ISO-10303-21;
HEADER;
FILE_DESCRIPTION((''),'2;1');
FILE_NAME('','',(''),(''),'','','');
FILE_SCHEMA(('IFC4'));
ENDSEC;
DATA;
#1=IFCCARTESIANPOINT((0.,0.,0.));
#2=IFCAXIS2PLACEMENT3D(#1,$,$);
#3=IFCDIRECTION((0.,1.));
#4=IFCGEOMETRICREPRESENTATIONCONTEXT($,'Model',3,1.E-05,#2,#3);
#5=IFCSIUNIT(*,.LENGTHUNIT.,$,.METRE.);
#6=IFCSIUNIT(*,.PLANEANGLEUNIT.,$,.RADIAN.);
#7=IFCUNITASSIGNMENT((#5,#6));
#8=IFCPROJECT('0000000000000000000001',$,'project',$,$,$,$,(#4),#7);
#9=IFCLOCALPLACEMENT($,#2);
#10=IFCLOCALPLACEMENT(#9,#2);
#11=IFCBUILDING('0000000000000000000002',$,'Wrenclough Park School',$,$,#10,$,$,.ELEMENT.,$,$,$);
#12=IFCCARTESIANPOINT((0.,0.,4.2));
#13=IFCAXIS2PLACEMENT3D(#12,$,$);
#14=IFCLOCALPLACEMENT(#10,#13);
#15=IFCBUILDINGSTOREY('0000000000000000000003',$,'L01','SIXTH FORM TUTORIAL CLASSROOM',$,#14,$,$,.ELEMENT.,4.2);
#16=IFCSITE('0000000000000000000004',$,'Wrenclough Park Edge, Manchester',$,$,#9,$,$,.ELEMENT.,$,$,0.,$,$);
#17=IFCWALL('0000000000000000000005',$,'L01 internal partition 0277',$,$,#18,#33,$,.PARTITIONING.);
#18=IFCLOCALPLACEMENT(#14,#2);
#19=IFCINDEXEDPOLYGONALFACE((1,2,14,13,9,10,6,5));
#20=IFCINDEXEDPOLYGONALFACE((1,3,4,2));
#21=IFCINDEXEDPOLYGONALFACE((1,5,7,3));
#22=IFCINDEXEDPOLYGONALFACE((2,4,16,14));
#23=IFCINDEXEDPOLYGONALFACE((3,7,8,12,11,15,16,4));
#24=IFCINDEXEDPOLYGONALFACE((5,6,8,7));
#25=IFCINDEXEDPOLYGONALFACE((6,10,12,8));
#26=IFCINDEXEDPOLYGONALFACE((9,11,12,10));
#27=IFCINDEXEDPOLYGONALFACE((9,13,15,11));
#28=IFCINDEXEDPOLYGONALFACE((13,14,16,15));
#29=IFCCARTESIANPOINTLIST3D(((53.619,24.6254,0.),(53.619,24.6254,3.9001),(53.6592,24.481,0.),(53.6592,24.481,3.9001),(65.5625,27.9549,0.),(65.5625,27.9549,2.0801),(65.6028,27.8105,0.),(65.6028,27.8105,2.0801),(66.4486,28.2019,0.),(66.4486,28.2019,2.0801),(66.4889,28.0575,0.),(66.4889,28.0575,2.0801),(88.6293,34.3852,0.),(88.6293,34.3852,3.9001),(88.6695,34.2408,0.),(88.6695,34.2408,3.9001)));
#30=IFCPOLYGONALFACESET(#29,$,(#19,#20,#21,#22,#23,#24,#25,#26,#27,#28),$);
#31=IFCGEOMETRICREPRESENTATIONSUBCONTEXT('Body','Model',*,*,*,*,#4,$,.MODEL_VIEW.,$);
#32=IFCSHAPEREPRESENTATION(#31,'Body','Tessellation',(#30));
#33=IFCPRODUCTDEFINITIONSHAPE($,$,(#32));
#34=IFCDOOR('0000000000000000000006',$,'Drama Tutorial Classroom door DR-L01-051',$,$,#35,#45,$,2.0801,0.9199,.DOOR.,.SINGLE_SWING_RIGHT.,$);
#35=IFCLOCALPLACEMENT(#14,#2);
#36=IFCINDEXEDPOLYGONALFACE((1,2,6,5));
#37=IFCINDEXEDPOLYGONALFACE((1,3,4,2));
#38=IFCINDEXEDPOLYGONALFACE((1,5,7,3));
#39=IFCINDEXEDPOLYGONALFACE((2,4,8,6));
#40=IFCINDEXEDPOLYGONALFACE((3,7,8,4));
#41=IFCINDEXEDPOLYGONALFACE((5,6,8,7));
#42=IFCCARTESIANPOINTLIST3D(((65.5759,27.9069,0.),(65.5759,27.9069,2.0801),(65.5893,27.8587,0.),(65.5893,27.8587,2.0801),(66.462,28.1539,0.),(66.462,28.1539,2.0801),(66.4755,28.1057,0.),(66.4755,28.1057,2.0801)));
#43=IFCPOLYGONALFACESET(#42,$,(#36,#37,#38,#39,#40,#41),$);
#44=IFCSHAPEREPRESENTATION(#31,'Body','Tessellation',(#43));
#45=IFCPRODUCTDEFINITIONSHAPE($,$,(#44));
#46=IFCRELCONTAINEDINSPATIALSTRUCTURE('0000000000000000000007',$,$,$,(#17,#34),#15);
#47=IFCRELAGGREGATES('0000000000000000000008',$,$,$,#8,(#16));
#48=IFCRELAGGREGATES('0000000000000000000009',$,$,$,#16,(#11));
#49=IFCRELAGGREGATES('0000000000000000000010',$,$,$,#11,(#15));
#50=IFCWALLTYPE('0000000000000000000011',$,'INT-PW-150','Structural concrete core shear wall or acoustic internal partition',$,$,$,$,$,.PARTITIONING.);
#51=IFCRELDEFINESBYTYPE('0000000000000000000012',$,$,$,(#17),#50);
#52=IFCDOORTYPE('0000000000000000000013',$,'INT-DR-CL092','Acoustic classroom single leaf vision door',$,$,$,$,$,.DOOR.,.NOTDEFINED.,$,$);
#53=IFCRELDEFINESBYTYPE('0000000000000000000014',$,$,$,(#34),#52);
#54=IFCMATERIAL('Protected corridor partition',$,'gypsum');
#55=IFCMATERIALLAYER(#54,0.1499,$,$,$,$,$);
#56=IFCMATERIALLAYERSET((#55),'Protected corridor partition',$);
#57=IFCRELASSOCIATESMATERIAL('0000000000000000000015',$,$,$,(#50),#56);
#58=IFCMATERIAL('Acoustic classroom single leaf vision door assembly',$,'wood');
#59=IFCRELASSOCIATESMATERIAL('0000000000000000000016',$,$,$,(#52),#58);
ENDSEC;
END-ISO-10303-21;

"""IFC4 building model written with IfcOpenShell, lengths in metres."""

from ifc_helpers import new_model, si_unit, direction, frame, frame_2d, origin, place, context, subcontext, project, spatial, rectangle, extrude, material, layer, layer_set, type_object, element, fill, save


model = new_model("IFC4")

# Units and contexts
model_context = context("Model", 3, precision=1e-05, world=origin(), true_north=direction((0.0, 1.0)))
body_context = subcontext(model_context, "Body", "Model", "MODEL_VIEW")
ifc_project = project(units=[si_unit("LENGTHUNIT", "METRE"), si_unit("PLANEANGLEUNIT", "RADIAN")], contexts=[model_context])

# Site, building, storey
site_placement = place(None, origin())
site = spatial("IfcSite", under=ifc_project, at=site_placement, Name="Wrenclough Park Edge, Manchester", CompositionType="ELEMENT", RefElevation=0.0)
building_placement = place(site_placement, origin())
building = spatial("IfcBuilding", under=site, at=building_placement, Name="Wrenclough Park School", CompositionType="ELEMENT")
storey_placement = place(building_placement, frame((0.0, 0.0, 4.2)))
storey = spatial("IfcBuildingStorey", under=building, at=storey_placement, Name="L01", Description="SIXTH FORM TUTORIAL CLASSROOM", CompositionType="ELEMENT", Elevation=4.2)

# Shared definitions
ifc_material_1 = material(Name="Protected corridor partition", Category="gypsum")
ifc_layer_1 = layer(ifc_material_1, 0.1499)
ifc_layer_set_1 = layer_set([ifc_layer_1], Name="Protected corridor partition")
wall_type_1 = type_object("IfcWallType", Name="INT-PW-150", Description="Structural concrete core shear wall or acoustic internal partition", PredefinedType="PARTITIONING", material=ifc_layer_set_1)

# Wall, opening, door
wall_1_placement = place(storey_placement, frame((88.6494, 34.313, 0.0), z_axis=(0.0, 0.0, 1.0), x_axis=(-0.963271, -0.26853, 0.0)))
wall_1 = element("IfcWall", 1, at=wall_1_placement, inside=storey, type_object=wall_type_1, Name="L01 internal partition 0277", PredefinedType="PARTITIONING", context=body_context, shape_type="SweptSolid", body=[
    extrude(rectangle(XDim=36.3452, YDim=0.1499, at=frame_2d((18.1726, 0.0))), origin(), (0.0, 0.0, 1.0), 3.9001),
])
opening_placement = place(wall_1_placement, frame((23.0264, 0.0, 0.0)))
opening = element("IfcOpeningElement", 2, at=opening_placement, cuts=wall_1, PredefinedType="OPENING", context=body_context, shape_type="SweptSolid", body=[
    extrude(rectangle(XDim=0.9199, YDim=2.0801, at=frame_2d((0.46, 1.04))), frame((0.0, 0.085, 0.0), z_axis=(0.0, -1.0, 0.0), x_axis=(1.0, 0.0, 0.0)), (0.0, 0.0, 1.0), 0.1699),
])
ifc_material_2 = material(Name="Acoustic classroom single leaf vision door assembly", Category="wood")
door_type = type_object("IfcDoorType", Name="INT-DR-CL092", Description="Acoustic classroom single leaf vision door", OperationType="NOTDEFINED", PredefinedType="DOOR", material=ifc_material_2)
door_placement = place(opening_placement, origin())
door = element("IfcDoor", 3, at=door_placement, inside=storey, type_object=door_type, Name="Drama Tutorial Classroom door DR-L01-051", OperationType="SINGLE_SWING_RIGHT", OverallHeight=2.0801, OverallWidth=0.9199, PredefinedType="DOOR", context=body_context, shape_type="SweptSolid", body=[
    extrude(rectangle(XDim=0.9199, YDim=2.0801, at=frame_2d((0.46, 1.04))), frame((0.0, 0.0249, 0.0), z_axis=(0.0, -1.0, 0.0), x_axis=(1.0, 0.0, 0.0)), (0.0, 0.0, 1.0), 0.05),
])
fill(opening, door)

save(model, "model.ifc")
